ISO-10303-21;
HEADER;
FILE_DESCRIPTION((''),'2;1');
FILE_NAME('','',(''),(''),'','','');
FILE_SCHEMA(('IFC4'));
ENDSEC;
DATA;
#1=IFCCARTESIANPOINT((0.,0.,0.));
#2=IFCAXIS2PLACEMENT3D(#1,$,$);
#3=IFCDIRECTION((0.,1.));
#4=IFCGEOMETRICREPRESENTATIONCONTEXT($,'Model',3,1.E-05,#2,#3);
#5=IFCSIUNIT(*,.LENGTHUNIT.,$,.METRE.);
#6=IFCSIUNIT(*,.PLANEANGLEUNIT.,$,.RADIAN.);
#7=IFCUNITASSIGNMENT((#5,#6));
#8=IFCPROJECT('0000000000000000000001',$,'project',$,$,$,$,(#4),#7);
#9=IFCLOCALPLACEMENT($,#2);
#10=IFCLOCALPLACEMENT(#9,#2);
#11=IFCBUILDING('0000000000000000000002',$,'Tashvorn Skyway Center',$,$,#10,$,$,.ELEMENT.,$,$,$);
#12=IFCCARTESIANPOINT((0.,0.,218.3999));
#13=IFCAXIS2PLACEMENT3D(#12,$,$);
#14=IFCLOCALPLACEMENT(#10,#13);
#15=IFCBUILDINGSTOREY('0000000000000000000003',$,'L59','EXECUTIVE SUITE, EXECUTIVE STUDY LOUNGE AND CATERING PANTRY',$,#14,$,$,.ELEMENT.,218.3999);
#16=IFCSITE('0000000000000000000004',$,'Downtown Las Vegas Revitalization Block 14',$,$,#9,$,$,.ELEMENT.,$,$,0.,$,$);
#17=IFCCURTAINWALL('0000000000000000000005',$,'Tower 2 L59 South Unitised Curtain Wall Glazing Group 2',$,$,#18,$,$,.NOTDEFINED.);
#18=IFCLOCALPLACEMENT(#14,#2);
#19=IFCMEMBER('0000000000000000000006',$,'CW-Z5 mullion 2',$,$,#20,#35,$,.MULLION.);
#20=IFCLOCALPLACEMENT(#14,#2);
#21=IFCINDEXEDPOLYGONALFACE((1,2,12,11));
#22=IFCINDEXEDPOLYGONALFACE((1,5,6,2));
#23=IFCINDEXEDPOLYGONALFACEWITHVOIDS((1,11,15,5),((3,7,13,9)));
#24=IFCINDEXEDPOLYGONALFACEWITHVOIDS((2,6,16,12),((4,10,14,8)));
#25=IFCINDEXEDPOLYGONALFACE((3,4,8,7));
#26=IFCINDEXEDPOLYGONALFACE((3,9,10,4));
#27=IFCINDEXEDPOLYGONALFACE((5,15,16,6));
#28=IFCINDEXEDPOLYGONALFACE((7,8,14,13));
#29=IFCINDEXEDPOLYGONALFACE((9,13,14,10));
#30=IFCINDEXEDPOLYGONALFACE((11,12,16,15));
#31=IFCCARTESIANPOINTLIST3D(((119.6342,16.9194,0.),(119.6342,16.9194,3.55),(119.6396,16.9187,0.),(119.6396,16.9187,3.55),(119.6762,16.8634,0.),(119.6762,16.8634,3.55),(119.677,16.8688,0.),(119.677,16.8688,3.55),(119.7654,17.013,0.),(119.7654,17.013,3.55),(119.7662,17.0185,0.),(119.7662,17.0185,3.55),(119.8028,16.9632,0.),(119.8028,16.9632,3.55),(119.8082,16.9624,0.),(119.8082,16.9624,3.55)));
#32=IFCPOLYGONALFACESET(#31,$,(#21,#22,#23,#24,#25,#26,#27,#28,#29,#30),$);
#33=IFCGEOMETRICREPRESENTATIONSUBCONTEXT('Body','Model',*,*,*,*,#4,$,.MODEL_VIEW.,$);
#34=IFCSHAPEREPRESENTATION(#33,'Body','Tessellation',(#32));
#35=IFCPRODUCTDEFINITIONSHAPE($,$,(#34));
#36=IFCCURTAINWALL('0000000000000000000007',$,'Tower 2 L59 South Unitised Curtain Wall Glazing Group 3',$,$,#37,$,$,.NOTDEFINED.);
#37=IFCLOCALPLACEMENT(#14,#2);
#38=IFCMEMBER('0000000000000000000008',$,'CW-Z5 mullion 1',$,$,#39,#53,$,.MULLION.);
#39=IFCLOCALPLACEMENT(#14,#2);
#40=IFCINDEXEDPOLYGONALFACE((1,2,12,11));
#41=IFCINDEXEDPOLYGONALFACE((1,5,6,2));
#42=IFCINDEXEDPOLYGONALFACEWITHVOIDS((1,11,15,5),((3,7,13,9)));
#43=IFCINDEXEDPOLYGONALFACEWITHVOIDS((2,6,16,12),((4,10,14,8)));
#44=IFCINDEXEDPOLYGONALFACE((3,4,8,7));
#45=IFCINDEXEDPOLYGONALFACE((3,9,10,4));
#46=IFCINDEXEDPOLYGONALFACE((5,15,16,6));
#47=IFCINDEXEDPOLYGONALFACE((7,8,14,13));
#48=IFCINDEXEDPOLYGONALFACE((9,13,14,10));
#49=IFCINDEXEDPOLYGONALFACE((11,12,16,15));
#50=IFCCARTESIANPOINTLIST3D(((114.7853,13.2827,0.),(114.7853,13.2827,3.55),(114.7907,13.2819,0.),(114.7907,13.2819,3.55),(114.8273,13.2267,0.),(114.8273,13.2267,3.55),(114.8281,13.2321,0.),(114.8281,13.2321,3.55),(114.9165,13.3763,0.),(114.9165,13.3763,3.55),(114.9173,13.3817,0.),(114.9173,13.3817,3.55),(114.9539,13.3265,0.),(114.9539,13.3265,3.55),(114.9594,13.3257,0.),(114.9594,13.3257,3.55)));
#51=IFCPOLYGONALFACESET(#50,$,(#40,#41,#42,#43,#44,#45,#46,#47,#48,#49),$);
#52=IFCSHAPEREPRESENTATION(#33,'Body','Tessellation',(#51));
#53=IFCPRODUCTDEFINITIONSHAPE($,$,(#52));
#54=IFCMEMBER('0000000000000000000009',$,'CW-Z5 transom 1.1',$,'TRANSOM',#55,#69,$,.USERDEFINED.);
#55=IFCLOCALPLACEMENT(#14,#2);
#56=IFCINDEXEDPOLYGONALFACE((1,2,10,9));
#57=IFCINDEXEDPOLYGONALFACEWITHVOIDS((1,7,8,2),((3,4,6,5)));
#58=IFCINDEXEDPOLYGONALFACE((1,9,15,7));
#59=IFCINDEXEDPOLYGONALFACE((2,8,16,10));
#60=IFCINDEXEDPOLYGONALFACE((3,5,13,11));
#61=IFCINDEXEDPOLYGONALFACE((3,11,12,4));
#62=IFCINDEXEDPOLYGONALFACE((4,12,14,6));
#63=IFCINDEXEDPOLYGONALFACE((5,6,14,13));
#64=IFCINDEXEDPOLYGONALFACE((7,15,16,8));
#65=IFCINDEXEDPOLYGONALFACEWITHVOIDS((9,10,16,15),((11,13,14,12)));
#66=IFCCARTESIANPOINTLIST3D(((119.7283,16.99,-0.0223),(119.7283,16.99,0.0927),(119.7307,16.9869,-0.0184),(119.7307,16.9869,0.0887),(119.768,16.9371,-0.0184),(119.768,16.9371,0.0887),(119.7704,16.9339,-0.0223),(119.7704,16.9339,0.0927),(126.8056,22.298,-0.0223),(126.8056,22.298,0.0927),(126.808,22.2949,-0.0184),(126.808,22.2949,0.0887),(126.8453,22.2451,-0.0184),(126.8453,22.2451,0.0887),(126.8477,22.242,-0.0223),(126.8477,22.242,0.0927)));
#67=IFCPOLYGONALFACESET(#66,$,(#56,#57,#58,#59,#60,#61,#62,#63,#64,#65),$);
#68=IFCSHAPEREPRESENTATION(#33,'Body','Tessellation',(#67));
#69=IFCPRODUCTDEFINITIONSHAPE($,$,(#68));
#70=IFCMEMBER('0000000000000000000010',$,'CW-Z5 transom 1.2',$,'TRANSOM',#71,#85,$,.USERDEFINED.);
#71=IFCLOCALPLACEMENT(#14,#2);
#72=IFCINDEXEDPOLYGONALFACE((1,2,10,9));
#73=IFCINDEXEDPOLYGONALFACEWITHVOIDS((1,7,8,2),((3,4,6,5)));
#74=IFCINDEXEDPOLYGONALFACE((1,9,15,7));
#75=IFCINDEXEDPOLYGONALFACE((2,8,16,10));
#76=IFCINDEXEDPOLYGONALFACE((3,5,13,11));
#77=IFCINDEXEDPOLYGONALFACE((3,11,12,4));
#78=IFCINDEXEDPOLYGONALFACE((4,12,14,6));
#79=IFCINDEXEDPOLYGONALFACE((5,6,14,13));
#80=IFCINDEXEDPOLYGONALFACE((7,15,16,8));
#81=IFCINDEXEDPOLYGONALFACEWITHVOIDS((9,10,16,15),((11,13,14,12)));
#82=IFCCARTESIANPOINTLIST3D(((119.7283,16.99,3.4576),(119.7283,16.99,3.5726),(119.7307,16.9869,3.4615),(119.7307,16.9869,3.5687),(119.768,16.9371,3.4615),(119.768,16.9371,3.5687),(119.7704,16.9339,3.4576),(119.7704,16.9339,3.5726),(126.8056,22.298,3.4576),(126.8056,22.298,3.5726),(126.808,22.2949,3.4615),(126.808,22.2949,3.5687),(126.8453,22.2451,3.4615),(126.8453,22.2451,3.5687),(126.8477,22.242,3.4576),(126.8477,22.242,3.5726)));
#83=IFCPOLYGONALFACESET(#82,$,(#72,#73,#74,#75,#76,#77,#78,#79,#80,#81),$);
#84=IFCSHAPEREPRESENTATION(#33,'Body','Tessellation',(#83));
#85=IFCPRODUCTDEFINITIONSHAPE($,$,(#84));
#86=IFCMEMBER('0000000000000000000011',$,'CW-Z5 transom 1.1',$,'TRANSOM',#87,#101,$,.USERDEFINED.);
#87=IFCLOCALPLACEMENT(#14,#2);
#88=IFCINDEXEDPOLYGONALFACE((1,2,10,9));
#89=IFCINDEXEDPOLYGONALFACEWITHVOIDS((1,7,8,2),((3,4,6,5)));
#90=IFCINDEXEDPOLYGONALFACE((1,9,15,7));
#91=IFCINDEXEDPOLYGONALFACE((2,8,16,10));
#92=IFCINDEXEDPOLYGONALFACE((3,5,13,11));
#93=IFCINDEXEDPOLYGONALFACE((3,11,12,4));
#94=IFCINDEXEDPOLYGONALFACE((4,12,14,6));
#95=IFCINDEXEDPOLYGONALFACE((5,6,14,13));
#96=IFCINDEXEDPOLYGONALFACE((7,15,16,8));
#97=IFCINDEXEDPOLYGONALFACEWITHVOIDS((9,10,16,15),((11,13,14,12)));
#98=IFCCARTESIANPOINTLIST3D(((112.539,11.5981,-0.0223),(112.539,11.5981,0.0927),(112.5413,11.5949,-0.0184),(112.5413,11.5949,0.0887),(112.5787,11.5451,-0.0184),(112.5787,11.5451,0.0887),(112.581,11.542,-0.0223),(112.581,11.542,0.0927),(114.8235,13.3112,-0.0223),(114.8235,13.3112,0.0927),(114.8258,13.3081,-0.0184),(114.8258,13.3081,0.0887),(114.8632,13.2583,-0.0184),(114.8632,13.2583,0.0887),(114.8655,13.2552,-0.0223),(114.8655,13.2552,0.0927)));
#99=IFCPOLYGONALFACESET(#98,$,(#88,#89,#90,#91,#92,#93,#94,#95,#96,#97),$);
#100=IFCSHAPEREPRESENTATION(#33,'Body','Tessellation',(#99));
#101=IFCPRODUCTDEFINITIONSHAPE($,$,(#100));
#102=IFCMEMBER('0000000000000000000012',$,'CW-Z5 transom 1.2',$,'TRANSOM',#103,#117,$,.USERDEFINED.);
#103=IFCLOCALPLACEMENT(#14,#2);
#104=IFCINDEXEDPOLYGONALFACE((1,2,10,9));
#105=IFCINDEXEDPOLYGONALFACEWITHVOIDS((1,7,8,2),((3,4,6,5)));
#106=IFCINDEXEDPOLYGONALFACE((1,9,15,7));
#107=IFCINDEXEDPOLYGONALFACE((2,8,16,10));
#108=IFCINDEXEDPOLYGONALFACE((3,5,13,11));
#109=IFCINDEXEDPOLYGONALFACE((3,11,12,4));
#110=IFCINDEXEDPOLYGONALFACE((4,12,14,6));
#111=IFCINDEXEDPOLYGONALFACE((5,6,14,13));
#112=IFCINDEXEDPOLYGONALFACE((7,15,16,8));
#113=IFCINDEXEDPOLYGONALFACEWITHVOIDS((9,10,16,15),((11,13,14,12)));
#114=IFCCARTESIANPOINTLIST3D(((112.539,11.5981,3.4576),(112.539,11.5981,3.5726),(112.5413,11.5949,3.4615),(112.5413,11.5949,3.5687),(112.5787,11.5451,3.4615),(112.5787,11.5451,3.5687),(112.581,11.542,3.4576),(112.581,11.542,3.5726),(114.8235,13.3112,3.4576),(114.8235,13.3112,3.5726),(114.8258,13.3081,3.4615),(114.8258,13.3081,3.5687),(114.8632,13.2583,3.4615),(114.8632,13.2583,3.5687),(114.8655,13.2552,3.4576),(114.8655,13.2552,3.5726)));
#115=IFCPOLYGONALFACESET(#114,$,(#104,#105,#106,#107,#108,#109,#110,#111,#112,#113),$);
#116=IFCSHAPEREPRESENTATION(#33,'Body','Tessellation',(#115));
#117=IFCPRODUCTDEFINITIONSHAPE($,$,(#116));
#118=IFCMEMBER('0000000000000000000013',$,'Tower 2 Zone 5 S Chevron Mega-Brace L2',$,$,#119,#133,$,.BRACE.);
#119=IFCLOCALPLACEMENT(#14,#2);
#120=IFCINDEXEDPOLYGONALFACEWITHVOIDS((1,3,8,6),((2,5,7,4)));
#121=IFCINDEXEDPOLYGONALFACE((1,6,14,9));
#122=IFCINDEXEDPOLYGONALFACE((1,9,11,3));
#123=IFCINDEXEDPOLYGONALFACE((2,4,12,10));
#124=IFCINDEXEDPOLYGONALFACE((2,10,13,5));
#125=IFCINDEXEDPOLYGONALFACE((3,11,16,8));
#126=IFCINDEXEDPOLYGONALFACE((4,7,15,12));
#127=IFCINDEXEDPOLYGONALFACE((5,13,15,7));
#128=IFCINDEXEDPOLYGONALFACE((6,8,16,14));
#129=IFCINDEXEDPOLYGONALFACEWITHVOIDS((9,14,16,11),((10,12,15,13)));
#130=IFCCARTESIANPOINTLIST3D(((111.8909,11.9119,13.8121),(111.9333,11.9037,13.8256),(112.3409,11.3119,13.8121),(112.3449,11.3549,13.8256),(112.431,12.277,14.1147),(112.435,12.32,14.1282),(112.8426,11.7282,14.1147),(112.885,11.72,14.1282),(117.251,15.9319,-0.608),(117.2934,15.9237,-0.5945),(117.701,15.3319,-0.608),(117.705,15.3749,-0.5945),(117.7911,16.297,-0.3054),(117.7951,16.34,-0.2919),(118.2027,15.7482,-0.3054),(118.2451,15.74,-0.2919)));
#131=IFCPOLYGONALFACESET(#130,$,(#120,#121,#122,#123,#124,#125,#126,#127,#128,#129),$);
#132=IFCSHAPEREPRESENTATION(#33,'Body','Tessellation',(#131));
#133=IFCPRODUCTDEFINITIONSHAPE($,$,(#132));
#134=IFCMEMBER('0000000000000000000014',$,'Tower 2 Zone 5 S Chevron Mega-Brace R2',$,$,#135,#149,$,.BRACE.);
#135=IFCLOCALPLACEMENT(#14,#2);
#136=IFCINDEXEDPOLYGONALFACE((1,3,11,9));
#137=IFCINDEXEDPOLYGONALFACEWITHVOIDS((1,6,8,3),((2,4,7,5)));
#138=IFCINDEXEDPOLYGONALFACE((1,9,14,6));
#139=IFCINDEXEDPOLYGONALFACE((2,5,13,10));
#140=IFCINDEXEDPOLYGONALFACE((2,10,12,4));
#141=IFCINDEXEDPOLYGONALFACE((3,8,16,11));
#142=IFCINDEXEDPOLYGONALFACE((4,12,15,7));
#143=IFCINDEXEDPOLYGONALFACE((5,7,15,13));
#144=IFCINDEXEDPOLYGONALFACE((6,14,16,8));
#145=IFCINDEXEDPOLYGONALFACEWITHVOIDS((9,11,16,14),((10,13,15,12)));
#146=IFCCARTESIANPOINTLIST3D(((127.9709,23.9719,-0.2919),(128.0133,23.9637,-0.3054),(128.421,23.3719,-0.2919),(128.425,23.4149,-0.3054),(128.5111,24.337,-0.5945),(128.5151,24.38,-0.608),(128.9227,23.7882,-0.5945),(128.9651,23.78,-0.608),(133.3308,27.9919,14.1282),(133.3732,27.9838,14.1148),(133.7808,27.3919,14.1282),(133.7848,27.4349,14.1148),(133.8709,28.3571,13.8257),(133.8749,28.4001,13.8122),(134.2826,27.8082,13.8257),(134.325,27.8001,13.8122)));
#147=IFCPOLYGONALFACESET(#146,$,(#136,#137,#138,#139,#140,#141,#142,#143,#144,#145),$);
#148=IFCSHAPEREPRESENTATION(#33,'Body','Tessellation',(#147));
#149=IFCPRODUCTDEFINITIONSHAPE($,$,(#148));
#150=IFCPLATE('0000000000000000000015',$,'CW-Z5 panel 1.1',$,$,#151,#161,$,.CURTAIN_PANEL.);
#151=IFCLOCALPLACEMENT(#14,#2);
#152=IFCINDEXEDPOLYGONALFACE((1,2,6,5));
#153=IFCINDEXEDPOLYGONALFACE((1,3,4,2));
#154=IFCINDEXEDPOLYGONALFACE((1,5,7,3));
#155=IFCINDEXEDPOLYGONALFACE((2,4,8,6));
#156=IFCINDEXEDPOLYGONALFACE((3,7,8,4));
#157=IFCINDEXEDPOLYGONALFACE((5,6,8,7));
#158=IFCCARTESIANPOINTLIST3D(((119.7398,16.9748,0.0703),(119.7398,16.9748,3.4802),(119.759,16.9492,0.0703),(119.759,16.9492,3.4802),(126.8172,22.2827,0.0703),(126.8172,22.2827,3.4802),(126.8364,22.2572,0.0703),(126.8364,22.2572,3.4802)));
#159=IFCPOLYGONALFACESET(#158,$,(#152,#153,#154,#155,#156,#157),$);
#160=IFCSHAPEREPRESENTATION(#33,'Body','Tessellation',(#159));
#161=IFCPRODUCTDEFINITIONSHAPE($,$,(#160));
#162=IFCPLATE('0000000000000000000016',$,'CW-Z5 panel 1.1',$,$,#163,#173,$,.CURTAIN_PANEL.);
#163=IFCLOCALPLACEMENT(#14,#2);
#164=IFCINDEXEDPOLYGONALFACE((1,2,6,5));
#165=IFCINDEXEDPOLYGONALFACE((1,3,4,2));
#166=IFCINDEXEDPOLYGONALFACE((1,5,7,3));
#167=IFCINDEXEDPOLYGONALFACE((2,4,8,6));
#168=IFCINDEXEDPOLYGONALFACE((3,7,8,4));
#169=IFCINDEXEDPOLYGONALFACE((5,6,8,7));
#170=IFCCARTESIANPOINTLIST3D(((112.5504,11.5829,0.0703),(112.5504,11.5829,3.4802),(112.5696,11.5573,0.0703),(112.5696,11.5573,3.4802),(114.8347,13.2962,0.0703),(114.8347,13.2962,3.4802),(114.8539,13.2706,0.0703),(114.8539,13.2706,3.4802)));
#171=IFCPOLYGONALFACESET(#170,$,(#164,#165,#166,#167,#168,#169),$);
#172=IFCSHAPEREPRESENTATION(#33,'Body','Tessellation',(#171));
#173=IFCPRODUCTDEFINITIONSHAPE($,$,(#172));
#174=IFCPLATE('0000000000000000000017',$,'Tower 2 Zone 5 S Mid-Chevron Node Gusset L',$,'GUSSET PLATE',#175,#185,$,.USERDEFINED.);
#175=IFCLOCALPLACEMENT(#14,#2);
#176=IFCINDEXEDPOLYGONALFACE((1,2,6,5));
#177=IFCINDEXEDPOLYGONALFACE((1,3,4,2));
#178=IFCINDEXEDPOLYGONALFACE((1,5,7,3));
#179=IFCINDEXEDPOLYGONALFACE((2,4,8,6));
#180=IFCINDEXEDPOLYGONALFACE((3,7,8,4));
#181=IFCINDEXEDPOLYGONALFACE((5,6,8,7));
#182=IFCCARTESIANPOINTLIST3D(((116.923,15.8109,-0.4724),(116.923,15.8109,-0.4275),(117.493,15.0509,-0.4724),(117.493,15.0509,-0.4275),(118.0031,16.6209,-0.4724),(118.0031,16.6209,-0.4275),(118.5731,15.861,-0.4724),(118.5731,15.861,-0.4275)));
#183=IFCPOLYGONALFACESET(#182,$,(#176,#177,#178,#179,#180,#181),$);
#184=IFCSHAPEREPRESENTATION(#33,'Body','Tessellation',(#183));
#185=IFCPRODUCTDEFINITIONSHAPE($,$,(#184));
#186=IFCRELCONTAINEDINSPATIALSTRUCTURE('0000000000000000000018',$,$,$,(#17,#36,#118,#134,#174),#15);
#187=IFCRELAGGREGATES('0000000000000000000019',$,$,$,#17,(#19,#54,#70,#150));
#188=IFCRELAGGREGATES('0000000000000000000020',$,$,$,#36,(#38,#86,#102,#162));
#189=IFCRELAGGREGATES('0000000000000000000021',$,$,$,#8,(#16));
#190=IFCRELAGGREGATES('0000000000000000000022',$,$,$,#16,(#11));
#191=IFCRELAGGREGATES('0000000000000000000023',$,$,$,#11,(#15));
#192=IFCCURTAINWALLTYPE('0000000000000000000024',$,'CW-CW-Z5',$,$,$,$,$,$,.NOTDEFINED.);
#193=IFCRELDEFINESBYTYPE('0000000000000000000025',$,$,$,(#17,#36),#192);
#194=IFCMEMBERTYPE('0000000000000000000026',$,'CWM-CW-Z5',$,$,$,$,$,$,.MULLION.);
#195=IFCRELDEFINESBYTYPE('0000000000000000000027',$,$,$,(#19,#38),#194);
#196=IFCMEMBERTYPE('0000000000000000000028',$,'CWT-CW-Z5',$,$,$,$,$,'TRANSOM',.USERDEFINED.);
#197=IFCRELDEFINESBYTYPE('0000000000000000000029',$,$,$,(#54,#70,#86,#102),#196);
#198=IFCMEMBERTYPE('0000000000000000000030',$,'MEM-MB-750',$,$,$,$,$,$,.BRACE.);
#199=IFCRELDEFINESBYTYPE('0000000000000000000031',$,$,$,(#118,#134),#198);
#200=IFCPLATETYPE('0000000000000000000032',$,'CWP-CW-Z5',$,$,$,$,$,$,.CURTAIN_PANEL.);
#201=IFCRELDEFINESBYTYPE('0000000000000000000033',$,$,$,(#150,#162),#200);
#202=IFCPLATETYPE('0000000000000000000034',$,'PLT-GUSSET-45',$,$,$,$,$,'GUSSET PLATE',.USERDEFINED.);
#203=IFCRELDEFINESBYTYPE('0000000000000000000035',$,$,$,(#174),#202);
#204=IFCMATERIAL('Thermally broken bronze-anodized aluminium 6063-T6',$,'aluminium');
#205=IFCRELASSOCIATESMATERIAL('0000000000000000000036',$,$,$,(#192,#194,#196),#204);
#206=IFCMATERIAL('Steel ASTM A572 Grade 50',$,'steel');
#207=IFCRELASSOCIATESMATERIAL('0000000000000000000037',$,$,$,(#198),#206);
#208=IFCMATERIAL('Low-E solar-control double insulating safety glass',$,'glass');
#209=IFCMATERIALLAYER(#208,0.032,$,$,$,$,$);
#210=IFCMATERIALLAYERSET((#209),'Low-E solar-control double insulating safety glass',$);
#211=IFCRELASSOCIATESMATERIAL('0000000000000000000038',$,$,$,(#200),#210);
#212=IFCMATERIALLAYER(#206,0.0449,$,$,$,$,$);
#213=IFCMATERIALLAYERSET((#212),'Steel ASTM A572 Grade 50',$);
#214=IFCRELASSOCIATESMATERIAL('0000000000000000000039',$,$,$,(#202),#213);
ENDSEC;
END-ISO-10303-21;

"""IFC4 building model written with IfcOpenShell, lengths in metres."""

from ifc_helpers import new_model, si_unit, direction, frame, origin, origin_2d, place, context, subcontext, project, spatial, rectangle, hollow_rectangle, extrude, material, layer, layer_set, material_profile, profile_set, type_object, element, aggregate, save


model = new_model("IFC4")

# Units and contexts
model_context = context("Model", 3, precision=1e-05, world=origin(), true_north=direction((0.0, 1.0)))
body_context = subcontext(model_context, "Body", "Model", "MODEL_VIEW")
ifc_project = project(units=[si_unit("LENGTHUNIT", "METRE"), si_unit("PLANEANGLEUNIT", "RADIAN")], contexts=[model_context])

# Site, building, storey
site_placement = place(None, origin())
site = spatial("IfcSite", under=ifc_project, at=site_placement, Name="Downtown Las Vegas Revitalization Block 14", CompositionType="ELEMENT", RefElevation=0.0)
building_placement = place(site_placement, origin())
building = spatial("IfcBuilding", under=site, at=building_placement, Name="Tashvorn Skyway Center", CompositionType="ELEMENT")
storey_placement = place(building_placement, frame((0.0, 0.0, 218.3999)))
storey = spatial("IfcBuildingStorey", under=building, at=storey_placement, Name="L59", Description="EXECUTIVE SUITE, EXECUTIVE STUDY LOUNGE AND CATERING PANTRY", CompositionType="ELEMENT", Elevation=218.3999)

# Shared definitions
ifc_material_1 = material(Name="Steel ASTM A572 Grade 50", Category="steel")

# Shared definitions
ifc_material_2 = material(Name="Thermally broken bronze-anodized aluminium 6063-T6", Category="aluminium")
curtain_wall_type = type_object("IfcCurtainWallType", Name="CW-CW-Z5", PredefinedType="NOTDEFINED", material=ifc_material_2)
ifc_material_profile_1 = material_profile(ifc_material_2, hollow_rectangle(XDim=0.0701, YDim=0.165, WallThickness=0.0039, at=origin_2d()), Name="ALU-MULL-70x165")
ifc_profile_set_1 = profile_set([ifc_material_profile_1], Name="Thermally broken bronze-anodized aluminium 6063-T6")
member_type_1 = type_object("IfcMemberType", Name="CWM-CW-Z5", PredefinedType="MULLION", material=ifc_profile_set_1)

# Curtain wall, member
curtain_wall_1_placement = place(storey_placement, origin())
curtain_wall_1 = element("IfcCurtainWall", 1, at=curtain_wall_1_placement, inside=storey, type_object=curtain_wall_type, Name="Tower 2 L59 South Unitised Curtain Wall Glazing Group 2", PredefinedType="NOTDEFINED")
member_1_placement = place(storey_placement, frame((119.7212, 16.9409, 0.0), z_axis=(0.0, 0.0, 1.0), x_axis=(0.599996, -0.800003, 0.0)))
member_1 = element("IfcMember", 2, at=member_1_placement, type_object=member_type_1, Name="CW-Z5 mullion 2", PredefinedType="MULLION", context=body_context, shape_type="SweptSolid", body=[
    extrude(hollow_rectangle(XDim=0.0701, YDim=0.165, WallThickness=0.0039, at=origin_2d()), origin(), (0.0, 0.0, 1.0), 3.55),
])

# Curtain wall, member
curtain_wall_2_placement = place(storey_placement, origin())
curtain_wall_2 = element("IfcCurtainWall", 3, at=curtain_wall_2_placement, inside=storey, type_object=curtain_wall_type, Name="Tower 2 L59 South Unitised Curtain Wall Glazing Group 3", PredefinedType="NOTDEFINED")
member_2_placement = place(storey_placement, frame((114.8723, 13.3042, 0.0), z_axis=(0.0, 0.0, 1.0), x_axis=(0.6, -0.8, 0.0)))
member_2 = element("IfcMember", 4, at=member_2_placement, type_object=member_type_1, Name="CW-Z5 mullion 1", PredefinedType="MULLION", context=body_context, shape_type="SweptSolid", body=[
    extrude(hollow_rectangle(XDim=0.0701, YDim=0.165, WallThickness=0.0039, at=origin_2d()), origin(), (0.0, 0.0, 1.0), 3.55),
])

# Members
ifc_material_profile_2 = material_profile(ifc_material_2, hollow_rectangle(XDim=0.0701, YDim=0.115, WallThickness=0.0039, at=origin_2d()), Name="ALU-TRAN-70x115")
ifc_profile_set_2 = profile_set([ifc_material_profile_2], Name="Thermally broken bronze-anodized aluminium 6063-T6")
member_type_2 = type_object("IfcMemberType", Name="CWT-CW-Z5", ElementType="TRANSOM", PredefinedType="USERDEFINED", material=ifc_profile_set_2)
member_3_placement = place(storey_placement, frame((126.8267, 22.27, 0.0352), z_axis=(-0.799997, -0.600004, 0.0), x_axis=(0.600004, -0.799997, 0.0)))
member_3 = element("IfcMember", 5, at=member_3_placement, type_object=member_type_2, Name="CW-Z5 transom 1.1", ObjectType="TRANSOM", PredefinedType="USERDEFINED", context=body_context, shape_type="SweptSolid", body=[
    extrude(hollow_rectangle(XDim=0.0701, YDim=0.115, WallThickness=0.0039, at=origin_2d()), origin(), (0.0, 0.0, 1.0), 8.8467),
])
member_4_placement = place(storey_placement, frame((126.8267, 22.27, 3.5151), z_axis=(-0.799997, -0.600004, 0.0), x_axis=(0.600004, -0.799997, 0.0)))
member_4 = element("IfcMember", 6, at=member_4_placement, type_object=member_type_2, Name="CW-Z5 transom 1.2", ObjectType="TRANSOM", PredefinedType="USERDEFINED", context=body_context, shape_type="SweptSolid", body=[
    extrude(hollow_rectangle(XDim=0.0701, YDim=0.115, WallThickness=0.0039, at=origin_2d()), origin(), (0.0, 0.0, 1.0), 8.8467),
])
member_5_placement = place(storey_placement, frame((114.8445, 13.2832, 0.0352), z_axis=(-0.800031, -0.599959, 0.0), x_axis=(0.599959, -0.800031, 0.0)))
member_5 = element("IfcMember", 7, at=member_5_placement, type_object=member_type_2, Name="CW-Z5 transom 1.1", ObjectType="TRANSOM", PredefinedType="USERDEFINED", context=body_context, shape_type="SweptSolid", body=[
    extrude(hollow_rectangle(XDim=0.0701, YDim=0.115, WallThickness=0.0039, at=origin_2d()), origin(), (0.0, 0.0, 1.0), 2.8555),
])
member_6_placement = place(storey_placement, frame((114.8445, 13.2832, 3.5151), z_axis=(-0.800031, -0.599959, 0.0), x_axis=(0.599959, -0.800031, 0.0)))
member_6 = element("IfcMember", 8, at=member_6_placement, type_object=member_type_2, Name="CW-Z5 transom 1.2", ObjectType="TRANSOM", PredefinedType="USERDEFINED", context=body_context, shape_type="SweptSolid", body=[
    extrude(hollow_rectangle(XDim=0.0701, YDim=0.115, WallThickness=0.0039, at=origin_2d()), origin(), (0.0, 0.0, 1.0), 2.8555),
])

# Members
ifc_material_profile_3 = material_profile(ifc_material_1, hollow_rectangle(XDim=0.75, YDim=0.75, WallThickness=0.032, at=origin_2d()), Name="BOX750x750x32")
ifc_profile_set_3 = profile_set([ifc_material_profile_3], Name="Steel ASTM A572 Grade 50")
member_type_3 = type_object("IfcMemberType", Name="MEM-MB-750", PredefinedType="BRACE", material=ifc_profile_set_3)
for number, where, z_axis, x_axis, name in (
    (9, (117.748, 15.8359, -0.45), (-0.337099, -0.25282, 0.906888), (0.599994, -0.800004, 0.0), "Tower 2 Zone 5 S Chevron Mega-Brace L2"),
    (10, (128.468, 23.876, -0.45), (0.337085, 0.252821, 0.906893), (-0.600012, 0.799991, 0.0), "Tower 2 Zone 5 S Chevron Mega-Brace R2"),
):
    element("IfcMember", number, at=place(storey_placement, frame(where, z_axis=z_axis, x_axis=x_axis)), inside=storey, type_object=member_type_3, Name=name, PredefinedType="BRACE", context=body_context, shape_type="SweptSolid", body=[
        extrude(hollow_rectangle(XDim=0.75, YDim=0.75, WallThickness=0.032, at=origin_2d()), origin(), (0.0, 0.0, 1.0), 15.9006),
    ])

# Plates
ifc_material_3 = material(Name="Low-E solar-control double insulating safety glass", Category="glass")
ifc_layer_1 = layer(ifc_material_3, 0.032)
ifc_layer_set_1 = layer_set([ifc_layer_1], Name="Low-E solar-control double insulating safety glass")
plate_type_1 = type_object("IfcPlateType", Name="CWP-CW-Z5", PredefinedType="CURTAIN_PANEL", material=ifc_layer_set_1)
plate_1_placement = place(storey_placement, frame((123.2881, 19.616, 0.0703), z_axis=(0.0, 0.0, 1.0), x_axis=(-0.800003, -0.599996, 0.0)))
plate_1 = element("IfcPlate", 11, at=plate_1_placement, type_object=plate_type_1, Name="CW-Z5 panel 1.1", PredefinedType="CURTAIN_PANEL", context=body_context, shape_type="SweptSolid", body=[
    extrude(rectangle(XDim=8.8467, YDim=0.032, at=origin_2d()), origin(), (0.0, 0.0, 1.0), 3.4099),
])
aggregate(curtain_wall_1, [member_1, member_3, member_4, plate_1])
plate_2_placement = place(storey_placement, frame((113.7021, 12.4268, 0.0703), z_axis=(0.0, 0.0, 1.0), x_axis=(-0.8, -0.6, 0.0)))
plate_2 = element("IfcPlate", 12, at=plate_2_placement, type_object=plate_type_1, Name="CW-Z5 panel 1.1", PredefinedType="CURTAIN_PANEL", context=body_context, shape_type="SweptSolid", body=[
    extrude(rectangle(XDim=2.8555, YDim=0.032, at=origin_2d()), origin(), (0.0, 0.0, 1.0), 3.4099),
])
aggregate(curtain_wall_2, [member_2, member_5, member_6, plate_2])

# Plate
ifc_layer_2 = layer(ifc_material_1, 0.0449)
ifc_layer_set_2 = layer_set([ifc_layer_2], Name="Steel ASTM A572 Grade 50")
plate_type_2 = type_object("IfcPlateType", Name="PLT-GUSSET-45", ElementType="GUSSET PLATE", PredefinedType="USERDEFINED", material=ifc_layer_set_2)
for number, where, z_axis, x_axis, name in (
    (13, (117.748, 15.8359, -0.4724), (0.0, 0.0, 1.0), (0.8, 0.6, 0.0), "Tower 2 Zone 5 S Mid-Chevron Node Gusset L"),
):
    element("IfcPlate", number, at=place(storey_placement, frame(where, z_axis=z_axis, x_axis=x_axis)), inside=storey, type_object=plate_type_2, Name=name, ObjectType="GUSSET PLATE", PredefinedType="USERDEFINED", context=body_context, shape_type="SweptSolid", body=[
        extrude(rectangle(XDim=1.3501, YDim=0.95, at=origin_2d()), origin(), (0.0, 0.0, 1.0), 0.0449),
    ])

save(model, "model.ifc")
